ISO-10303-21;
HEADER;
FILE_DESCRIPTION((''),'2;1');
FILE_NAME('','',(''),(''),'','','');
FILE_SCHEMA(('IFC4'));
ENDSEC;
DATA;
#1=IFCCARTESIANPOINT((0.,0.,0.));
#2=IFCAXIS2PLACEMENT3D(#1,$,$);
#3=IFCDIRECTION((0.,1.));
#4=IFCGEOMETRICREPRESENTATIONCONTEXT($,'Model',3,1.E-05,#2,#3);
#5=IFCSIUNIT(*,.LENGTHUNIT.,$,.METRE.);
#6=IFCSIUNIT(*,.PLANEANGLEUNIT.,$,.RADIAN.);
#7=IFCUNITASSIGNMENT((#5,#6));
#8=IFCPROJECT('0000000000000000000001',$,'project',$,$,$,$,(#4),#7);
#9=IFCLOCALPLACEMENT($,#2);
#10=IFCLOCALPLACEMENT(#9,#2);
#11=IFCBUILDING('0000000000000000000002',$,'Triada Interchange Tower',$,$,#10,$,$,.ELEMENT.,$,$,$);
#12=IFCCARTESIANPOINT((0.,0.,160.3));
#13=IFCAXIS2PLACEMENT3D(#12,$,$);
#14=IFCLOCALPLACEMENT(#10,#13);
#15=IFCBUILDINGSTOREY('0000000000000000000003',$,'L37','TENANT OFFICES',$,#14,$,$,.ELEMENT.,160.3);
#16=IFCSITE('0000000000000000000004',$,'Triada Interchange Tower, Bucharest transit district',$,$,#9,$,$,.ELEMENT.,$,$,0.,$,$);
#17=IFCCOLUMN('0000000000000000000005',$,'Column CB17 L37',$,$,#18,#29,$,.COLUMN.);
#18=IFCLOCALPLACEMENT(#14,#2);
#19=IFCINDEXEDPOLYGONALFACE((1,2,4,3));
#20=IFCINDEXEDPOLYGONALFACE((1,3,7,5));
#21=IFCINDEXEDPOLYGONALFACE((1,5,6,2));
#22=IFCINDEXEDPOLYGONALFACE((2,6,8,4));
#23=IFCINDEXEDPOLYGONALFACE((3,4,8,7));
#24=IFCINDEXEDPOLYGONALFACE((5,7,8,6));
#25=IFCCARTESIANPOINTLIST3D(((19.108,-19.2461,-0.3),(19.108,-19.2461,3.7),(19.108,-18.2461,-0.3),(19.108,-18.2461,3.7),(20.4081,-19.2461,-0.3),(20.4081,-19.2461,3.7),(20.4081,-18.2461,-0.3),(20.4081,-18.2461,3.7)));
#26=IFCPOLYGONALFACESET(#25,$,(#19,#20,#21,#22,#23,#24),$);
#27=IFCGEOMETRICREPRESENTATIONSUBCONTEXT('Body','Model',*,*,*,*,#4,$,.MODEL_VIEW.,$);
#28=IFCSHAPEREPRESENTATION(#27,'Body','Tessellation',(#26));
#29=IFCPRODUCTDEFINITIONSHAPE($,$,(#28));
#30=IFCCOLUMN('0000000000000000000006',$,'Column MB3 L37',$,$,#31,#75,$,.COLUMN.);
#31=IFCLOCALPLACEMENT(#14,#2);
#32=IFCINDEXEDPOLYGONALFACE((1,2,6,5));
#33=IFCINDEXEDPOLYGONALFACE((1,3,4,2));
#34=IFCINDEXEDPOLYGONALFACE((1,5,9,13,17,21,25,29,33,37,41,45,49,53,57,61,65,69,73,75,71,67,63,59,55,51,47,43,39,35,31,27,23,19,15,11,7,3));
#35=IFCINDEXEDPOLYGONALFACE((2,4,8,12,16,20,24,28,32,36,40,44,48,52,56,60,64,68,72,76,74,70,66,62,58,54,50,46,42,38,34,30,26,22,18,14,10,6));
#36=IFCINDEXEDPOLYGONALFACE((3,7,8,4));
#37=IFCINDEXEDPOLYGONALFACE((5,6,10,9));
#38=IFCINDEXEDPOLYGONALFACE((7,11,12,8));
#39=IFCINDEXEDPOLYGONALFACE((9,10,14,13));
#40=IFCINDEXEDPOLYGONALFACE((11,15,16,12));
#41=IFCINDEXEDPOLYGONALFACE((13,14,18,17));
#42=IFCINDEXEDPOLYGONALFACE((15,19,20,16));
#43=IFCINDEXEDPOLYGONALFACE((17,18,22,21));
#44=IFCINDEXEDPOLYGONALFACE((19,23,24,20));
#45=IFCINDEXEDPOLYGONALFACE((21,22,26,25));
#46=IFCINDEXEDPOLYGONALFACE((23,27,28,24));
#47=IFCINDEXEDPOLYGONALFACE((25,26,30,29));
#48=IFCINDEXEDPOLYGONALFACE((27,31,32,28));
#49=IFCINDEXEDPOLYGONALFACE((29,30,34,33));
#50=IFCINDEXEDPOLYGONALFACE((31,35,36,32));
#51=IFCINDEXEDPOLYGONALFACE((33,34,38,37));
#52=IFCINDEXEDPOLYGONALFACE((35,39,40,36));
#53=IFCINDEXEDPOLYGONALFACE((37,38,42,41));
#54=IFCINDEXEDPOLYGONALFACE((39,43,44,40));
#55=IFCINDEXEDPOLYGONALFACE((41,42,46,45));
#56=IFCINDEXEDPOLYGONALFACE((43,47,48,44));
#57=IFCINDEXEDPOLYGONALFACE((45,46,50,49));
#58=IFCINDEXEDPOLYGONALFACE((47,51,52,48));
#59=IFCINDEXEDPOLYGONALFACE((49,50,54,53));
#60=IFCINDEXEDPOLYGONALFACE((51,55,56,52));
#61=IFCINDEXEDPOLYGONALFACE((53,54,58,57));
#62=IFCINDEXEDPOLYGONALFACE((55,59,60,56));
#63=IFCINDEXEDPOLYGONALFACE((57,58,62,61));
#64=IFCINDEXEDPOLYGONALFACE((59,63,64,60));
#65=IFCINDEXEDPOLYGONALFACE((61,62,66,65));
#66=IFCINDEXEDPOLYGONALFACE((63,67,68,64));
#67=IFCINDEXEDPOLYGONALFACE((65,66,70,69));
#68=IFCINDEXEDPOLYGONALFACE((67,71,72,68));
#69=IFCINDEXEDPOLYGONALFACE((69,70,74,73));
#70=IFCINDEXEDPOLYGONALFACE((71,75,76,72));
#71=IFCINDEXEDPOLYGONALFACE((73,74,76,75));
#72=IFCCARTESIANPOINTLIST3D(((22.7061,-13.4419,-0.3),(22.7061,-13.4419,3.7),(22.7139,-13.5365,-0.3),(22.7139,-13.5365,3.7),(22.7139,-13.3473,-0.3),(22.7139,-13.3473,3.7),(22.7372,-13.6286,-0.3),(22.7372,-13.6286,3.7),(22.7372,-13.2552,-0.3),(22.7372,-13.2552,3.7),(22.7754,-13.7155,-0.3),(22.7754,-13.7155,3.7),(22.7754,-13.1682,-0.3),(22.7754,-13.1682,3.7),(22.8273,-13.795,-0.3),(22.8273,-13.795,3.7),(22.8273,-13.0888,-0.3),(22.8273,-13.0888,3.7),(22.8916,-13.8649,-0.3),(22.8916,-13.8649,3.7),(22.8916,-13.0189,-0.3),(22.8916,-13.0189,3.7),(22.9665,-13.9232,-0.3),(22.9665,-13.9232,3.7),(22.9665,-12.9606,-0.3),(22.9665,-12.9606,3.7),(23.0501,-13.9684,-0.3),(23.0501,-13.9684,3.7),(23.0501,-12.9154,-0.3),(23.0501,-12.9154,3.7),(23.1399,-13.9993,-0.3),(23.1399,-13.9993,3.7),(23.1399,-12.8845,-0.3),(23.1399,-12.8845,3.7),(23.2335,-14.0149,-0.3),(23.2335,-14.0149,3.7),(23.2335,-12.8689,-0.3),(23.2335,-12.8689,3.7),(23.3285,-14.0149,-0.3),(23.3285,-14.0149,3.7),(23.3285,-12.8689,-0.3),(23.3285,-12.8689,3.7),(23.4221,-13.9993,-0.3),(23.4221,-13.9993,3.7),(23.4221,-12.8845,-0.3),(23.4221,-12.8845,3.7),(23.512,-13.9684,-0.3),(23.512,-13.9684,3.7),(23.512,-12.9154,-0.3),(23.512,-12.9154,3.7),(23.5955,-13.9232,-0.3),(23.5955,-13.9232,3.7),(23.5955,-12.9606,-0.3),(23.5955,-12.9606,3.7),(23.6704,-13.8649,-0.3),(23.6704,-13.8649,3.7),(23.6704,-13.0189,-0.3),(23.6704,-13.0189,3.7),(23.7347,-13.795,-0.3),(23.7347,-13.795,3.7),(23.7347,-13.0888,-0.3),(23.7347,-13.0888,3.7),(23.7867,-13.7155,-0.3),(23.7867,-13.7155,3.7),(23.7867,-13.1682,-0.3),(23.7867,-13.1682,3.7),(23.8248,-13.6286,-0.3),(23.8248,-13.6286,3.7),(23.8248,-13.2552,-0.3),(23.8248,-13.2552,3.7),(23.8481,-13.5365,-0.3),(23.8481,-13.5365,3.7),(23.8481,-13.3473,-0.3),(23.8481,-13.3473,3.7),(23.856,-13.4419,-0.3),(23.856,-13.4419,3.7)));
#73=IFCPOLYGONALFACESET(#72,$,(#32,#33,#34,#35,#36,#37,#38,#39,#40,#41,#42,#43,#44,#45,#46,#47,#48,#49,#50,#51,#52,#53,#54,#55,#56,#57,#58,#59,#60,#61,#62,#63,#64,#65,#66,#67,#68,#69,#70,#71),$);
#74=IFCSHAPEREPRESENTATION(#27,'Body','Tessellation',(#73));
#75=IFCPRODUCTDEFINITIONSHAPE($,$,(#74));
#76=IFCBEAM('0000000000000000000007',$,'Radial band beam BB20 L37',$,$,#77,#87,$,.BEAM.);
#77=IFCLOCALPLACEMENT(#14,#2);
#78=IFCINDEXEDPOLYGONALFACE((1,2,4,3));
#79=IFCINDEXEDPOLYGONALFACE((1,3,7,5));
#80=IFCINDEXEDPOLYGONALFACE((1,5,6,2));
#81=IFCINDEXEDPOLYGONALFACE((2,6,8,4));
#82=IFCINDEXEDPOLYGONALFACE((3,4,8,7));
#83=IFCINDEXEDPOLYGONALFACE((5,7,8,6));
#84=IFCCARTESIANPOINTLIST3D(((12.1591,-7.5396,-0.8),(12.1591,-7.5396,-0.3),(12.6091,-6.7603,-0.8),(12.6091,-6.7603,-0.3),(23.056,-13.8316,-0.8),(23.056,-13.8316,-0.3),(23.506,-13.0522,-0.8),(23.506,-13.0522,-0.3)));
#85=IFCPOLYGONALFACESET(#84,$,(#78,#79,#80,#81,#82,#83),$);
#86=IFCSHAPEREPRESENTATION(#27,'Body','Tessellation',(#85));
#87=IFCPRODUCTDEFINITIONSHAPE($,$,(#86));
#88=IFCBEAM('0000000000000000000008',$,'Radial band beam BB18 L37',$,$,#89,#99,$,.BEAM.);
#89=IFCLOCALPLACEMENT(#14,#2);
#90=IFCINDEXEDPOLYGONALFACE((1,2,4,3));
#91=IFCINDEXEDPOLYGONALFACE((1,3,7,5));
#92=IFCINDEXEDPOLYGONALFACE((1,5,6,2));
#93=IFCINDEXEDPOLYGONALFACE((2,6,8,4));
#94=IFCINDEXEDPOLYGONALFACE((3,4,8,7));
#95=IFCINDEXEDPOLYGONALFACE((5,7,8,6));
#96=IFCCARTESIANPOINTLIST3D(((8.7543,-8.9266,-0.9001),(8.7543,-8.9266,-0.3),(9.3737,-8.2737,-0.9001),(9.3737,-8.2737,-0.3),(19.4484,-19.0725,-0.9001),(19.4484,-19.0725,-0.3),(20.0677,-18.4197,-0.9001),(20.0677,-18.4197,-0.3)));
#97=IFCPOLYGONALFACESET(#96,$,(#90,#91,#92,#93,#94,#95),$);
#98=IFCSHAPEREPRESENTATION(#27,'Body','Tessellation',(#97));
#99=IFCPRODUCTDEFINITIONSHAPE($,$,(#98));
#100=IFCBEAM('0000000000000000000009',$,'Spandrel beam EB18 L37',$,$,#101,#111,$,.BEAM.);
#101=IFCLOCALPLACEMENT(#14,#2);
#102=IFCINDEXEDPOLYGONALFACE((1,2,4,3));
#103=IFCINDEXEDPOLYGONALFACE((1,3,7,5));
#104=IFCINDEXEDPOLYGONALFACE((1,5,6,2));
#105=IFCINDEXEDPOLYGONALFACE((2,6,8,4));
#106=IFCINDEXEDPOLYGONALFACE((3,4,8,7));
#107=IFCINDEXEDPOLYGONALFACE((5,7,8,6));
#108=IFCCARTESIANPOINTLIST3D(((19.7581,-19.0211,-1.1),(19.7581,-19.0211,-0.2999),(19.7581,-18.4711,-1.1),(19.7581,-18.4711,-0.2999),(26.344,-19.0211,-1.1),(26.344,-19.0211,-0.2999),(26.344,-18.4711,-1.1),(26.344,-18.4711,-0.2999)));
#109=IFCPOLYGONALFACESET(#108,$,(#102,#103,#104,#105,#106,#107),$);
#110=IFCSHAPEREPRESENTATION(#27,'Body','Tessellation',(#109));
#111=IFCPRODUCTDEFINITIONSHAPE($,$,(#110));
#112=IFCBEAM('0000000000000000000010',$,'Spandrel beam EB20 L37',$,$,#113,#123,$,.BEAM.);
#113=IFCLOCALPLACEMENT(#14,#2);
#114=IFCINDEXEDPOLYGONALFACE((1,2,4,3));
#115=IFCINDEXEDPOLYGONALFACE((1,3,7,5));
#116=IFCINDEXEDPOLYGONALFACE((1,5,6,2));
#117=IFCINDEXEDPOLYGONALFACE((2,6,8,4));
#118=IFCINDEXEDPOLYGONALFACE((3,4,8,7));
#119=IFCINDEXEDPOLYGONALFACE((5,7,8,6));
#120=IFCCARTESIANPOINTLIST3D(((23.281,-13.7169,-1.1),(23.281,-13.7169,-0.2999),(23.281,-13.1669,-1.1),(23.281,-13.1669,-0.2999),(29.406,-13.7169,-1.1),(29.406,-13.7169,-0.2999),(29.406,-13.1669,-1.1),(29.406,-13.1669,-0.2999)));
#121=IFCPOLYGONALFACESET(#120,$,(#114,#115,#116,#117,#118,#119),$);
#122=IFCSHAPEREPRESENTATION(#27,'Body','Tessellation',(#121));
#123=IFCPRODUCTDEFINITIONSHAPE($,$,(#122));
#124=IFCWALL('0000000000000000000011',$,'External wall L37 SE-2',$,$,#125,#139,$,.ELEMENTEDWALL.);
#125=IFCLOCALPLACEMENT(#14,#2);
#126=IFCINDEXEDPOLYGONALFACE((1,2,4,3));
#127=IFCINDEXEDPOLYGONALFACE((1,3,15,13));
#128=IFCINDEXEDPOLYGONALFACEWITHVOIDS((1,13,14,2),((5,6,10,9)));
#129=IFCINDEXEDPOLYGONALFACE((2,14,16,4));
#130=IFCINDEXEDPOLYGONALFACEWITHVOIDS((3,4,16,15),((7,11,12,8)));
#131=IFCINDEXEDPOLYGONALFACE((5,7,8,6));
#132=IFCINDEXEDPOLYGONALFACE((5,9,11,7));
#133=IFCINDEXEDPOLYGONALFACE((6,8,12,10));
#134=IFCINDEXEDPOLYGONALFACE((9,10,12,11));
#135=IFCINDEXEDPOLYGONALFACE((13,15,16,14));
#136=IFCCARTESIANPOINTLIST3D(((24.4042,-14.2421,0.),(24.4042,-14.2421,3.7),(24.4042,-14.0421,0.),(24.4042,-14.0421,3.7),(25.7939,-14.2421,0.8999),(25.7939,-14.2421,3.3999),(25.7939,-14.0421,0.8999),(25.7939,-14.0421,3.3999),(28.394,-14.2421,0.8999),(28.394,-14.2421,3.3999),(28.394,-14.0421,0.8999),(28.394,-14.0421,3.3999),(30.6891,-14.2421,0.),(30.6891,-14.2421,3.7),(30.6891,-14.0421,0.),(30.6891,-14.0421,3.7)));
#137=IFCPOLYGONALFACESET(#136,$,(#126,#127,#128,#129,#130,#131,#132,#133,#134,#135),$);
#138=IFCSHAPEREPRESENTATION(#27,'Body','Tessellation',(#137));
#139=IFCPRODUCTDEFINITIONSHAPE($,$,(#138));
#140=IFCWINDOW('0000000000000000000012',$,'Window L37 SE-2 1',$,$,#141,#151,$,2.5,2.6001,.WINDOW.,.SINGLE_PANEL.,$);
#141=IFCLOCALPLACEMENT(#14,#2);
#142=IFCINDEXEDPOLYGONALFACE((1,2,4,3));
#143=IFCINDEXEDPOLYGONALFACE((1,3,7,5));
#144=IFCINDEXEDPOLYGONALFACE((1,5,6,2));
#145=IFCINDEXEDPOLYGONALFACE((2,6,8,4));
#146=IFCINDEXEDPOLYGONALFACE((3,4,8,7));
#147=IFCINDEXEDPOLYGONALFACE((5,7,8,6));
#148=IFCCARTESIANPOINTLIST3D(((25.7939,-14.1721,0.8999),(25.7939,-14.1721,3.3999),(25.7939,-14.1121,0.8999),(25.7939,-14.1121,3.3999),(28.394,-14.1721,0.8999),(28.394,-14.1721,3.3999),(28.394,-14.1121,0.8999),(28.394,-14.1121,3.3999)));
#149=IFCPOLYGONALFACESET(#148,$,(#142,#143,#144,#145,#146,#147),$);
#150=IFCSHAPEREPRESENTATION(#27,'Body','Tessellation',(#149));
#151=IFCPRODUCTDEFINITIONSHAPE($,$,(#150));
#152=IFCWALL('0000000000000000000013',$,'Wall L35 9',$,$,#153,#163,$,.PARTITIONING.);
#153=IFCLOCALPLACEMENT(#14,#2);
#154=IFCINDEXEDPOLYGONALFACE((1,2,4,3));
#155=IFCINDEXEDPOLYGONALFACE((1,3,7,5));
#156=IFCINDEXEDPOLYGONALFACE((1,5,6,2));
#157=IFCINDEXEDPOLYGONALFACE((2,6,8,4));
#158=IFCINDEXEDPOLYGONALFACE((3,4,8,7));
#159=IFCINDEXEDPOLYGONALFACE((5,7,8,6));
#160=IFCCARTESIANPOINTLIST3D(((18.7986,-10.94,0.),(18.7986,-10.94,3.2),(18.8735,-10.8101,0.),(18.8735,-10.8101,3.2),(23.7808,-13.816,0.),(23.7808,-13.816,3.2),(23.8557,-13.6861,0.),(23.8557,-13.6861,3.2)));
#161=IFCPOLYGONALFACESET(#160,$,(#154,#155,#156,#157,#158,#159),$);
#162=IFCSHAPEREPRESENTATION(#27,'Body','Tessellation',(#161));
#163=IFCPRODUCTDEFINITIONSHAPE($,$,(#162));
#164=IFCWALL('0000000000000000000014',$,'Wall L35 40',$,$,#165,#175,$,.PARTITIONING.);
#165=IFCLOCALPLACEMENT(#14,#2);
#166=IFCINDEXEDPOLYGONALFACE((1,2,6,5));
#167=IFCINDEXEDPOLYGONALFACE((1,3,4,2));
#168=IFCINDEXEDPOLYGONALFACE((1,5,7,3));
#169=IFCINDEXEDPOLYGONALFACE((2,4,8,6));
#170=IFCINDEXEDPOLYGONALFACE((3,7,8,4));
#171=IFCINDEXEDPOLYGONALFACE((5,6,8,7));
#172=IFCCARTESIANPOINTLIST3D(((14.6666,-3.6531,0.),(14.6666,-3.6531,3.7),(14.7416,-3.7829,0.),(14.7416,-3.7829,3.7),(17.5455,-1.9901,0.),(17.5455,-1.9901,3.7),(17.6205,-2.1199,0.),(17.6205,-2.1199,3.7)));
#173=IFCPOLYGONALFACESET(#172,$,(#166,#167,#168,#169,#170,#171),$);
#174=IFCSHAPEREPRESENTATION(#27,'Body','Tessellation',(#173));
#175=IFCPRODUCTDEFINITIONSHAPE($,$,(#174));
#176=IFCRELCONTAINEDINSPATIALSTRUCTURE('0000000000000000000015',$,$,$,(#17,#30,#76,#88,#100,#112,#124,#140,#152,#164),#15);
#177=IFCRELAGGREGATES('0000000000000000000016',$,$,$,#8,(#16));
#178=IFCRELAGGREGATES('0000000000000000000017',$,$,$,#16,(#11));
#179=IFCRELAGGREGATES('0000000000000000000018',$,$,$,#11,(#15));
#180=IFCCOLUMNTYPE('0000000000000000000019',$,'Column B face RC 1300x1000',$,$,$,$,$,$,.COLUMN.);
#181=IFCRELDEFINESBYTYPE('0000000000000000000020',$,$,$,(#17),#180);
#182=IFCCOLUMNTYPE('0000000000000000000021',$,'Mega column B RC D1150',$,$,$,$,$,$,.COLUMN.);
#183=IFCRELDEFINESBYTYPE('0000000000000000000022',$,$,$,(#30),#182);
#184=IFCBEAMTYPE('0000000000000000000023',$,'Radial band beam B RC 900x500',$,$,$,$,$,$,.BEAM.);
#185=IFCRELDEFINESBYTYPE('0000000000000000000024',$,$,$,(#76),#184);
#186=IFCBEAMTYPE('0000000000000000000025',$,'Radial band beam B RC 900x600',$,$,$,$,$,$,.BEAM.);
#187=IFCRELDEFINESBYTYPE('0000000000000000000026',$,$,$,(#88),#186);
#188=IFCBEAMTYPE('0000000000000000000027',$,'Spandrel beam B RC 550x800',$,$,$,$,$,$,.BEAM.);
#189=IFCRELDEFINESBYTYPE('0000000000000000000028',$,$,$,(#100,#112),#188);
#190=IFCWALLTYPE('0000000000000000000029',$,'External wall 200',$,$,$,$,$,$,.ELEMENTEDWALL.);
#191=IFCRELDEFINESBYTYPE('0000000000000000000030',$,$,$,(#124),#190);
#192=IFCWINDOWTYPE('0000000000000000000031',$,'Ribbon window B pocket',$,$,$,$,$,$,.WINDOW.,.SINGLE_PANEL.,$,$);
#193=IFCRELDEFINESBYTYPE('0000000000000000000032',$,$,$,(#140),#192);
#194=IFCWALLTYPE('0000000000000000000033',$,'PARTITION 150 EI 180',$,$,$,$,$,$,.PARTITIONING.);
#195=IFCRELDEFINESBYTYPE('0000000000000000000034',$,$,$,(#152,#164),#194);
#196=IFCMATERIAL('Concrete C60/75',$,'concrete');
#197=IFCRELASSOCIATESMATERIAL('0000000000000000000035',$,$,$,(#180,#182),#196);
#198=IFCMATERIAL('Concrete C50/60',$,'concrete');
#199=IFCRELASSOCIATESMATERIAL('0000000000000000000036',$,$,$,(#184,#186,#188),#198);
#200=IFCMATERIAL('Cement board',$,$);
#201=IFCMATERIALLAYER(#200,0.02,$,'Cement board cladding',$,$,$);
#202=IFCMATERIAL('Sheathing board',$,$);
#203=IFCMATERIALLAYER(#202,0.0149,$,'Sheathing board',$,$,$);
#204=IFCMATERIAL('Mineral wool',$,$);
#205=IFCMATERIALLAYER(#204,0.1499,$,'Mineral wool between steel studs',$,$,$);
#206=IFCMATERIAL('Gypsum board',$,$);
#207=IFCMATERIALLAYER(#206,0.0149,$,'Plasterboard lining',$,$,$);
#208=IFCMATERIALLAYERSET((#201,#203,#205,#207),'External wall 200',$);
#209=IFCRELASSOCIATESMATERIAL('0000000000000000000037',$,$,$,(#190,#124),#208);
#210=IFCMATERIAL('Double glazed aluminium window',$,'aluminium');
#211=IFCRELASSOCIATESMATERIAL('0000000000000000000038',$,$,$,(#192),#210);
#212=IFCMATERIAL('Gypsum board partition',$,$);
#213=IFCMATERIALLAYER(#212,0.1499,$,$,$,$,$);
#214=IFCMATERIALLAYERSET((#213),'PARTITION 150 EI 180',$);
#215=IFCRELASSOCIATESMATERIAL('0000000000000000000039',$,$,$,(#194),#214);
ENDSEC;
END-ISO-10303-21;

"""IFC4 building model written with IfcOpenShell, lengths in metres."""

from ifc_helpers import new_model, si_unit, direction, frame, frame_2d, origin, origin_2d, place, context, subcontext, project, spatial, rectangle, circle, extrude, material, layer, layer_set, layer_usage, material_profile, profile_set, type_object, element, fill, save


model = new_model("IFC4")

# Units and contexts
model_context = context("Model", 3, precision=1e-05, world=origin(), true_north=direction((0.0, 1.0)))
body_context = subcontext(model_context, "Body", "Model", "MODEL_VIEW")
ifc_project = project(units=[si_unit("LENGTHUNIT", "METRE"), si_unit("PLANEANGLEUNIT", "RADIAN")], contexts=[model_context])

# Site, building, storey
site_placement = place(None, origin())
site = spatial("IfcSite", under=ifc_project, at=site_placement, Name="Triada Interchange Tower, Bucharest transit district", CompositionType="ELEMENT", RefElevation=0.0)
building_placement = place(site_placement, origin())
building = spatial("IfcBuilding", under=site, at=building_placement, Name="Triada Interchange Tower", CompositionType="ELEMENT")
storey_placement = place(building_placement, frame((0.0, 0.0, 160.3)))
storey = spatial("IfcBuildingStorey", under=building, at=storey_placement, Name="L37", Description="TENANT OFFICES", CompositionType="ELEMENT", Elevation=160.3)

# Columns
ifc_material_1 = material(Name="Concrete C60/75", Category="concrete")
ifc_material_profile_1 = material_profile(ifc_material_1, rectangle(XDim=1.3, YDim=1.0, at=origin_2d()), Name="RC 1300x1000")
ifc_profile_set_1 = profile_set([ifc_material_profile_1], Name="Concrete C60/75")
column_type_1 = type_object("IfcColumnType", Name="Column B face RC 1300x1000", PredefinedType="COLUMN", material=ifc_profile_set_1)
column_1_placement = place(storey_placement, frame((19.7581, -18.7461, -0.3), z_axis=(0.0, 0.0, 1.0), x_axis=(1.0, 0.0, 0.0)))
element("IfcColumn", 1, at=column_1_placement, inside=storey, type_object=column_type_1, Name="Column CB17 L37", PredefinedType="COLUMN", context=body_context, shape_type="SweptSolid", body=[
    extrude(rectangle(XDim=1.3, YDim=1.0, at=origin_2d()), origin(), (0.0, 0.0, 1.0), 4.0),
])
ifc_material_profile_2 = material_profile(ifc_material_1, circle(Radius=0.575, at=origin_2d()), Name="RC D1150")
ifc_profile_set_2 = profile_set([ifc_material_profile_2], Name="Concrete C60/75")
column_type_2 = type_object("IfcColumnType", Name="Mega column B RC D1150", PredefinedType="COLUMN", material=ifc_profile_set_2)
column_2_placement = place(storey_placement, frame((23.281, -13.4419, -0.3), z_axis=(0.0, 0.0, 1.0), x_axis=(1.0, 0.0, 0.0)))
element("IfcColumn", 2, at=column_2_placement, inside=storey, type_object=column_type_2, Name="Column MB3 L37", PredefinedType="COLUMN", context=body_context, shape_type="SweptSolid", body=[
    extrude(circle(Radius=0.575, at=origin_2d()), origin(), (0.0, 0.0, 1.0), 4.0),
])

# Beams
ifc_material_2 = material(Name="Concrete C50/60", Category="concrete")
ifc_material_profile_3 = material_profile(ifc_material_2, rectangle(XDim=0.8999, YDim=0.5, at=origin_2d()), Name="RC 900x500")
ifc_profile_set_3 = profile_set([ifc_material_profile_3], Name="Concrete C50/60")
beam_type_1 = type_object("IfcBeamType", Name="Radial band beam B RC 900x500", PredefinedType="BEAM", material=ifc_profile_set_3)
beam_1_placement = place(storey_placement, frame((23.281, -13.4419, -0.55), z_axis=(-0.866004, 0.500037, 0.0), x_axis=(-0.500037, -0.866004, 0.0)))
element("IfcBeam", 3, at=beam_1_placement, inside=storey, type_object=beam_type_1, Name="Radial band beam BB20 L37", PredefinedType="BEAM", context=body_context, shape_type="SweptSolid", body=[
    extrude(rectangle(XDim=0.8999, YDim=0.5, at=origin_2d()), origin(), (0.0, 0.0, 1.0), 12.583),
])
ifc_material_profile_4 = material_profile(ifc_material_2, rectangle(XDim=0.8999, YDim=0.6001, at=origin_2d()), Name="RC 900x600")
ifc_profile_set_4 = profile_set([ifc_material_profile_4], Name="Concrete C50/60")
beam_type_2 = type_object("IfcBeamType", Name="Radial band beam B RC 900x600", PredefinedType="BEAM", material=ifc_profile_set_4)
beam_2_placement = place(storey_placement, frame((19.7581, -18.7461, -0.6001), z_axis=(-0.725453, 0.688272, 0.0), x_axis=(-0.688272, -0.725453, 0.0)))
element("IfcBeam", 4, at=beam_2_placement, inside=storey, type_object=beam_type_2, Name="Radial band beam BB18 L37", PredefinedType="BEAM", context=body_context, shape_type="SweptSolid", body=[
    extrude(rectangle(XDim=0.8999, YDim=0.6001, at=origin_2d()), origin(), (0.0, 0.0, 1.0), 14.7412),
])
ifc_material_profile_5 = material_profile(ifc_material_2, rectangle(XDim=0.55, YDim=0.8, at=origin_2d()), Name="RC 550x800")
ifc_profile_set_5 = profile_set([ifc_material_profile_5], Name="Concrete C50/60")
beam_type_3 = type_object("IfcBeamType", Name="Spandrel beam B RC 550x800", PredefinedType="BEAM", material=ifc_profile_set_5)
beam_3_placement = place(storey_placement, frame((19.7581, -18.7461, -0.7), z_axis=(1.0, 0.0, 0.0), x_axis=(0.0, 1.0, 0.0)))
element("IfcBeam", 5, at=beam_3_placement, inside=storey, type_object=beam_type_3, Name="Spandrel beam EB18 L37", PredefinedType="BEAM", context=body_context, shape_type="SweptSolid", body=[
    extrude(rectangle(XDim=0.55, YDim=0.8, at=origin_2d()), origin(), (0.0, 0.0, 1.0), 6.5859),
])
beam_4_placement = place(storey_placement, frame((23.281, -13.4419, -0.7), z_axis=(1.0, 0.0, 0.0), x_axis=(0.0, 1.0, 0.0)))
element("IfcBeam", 6, at=beam_4_placement, inside=storey, type_object=beam_type_3, Name="Spandrel beam EB20 L37", PredefinedType="BEAM", context=body_context, shape_type="SweptSolid", body=[
    extrude(rectangle(XDim=0.55, YDim=0.8, at=origin_2d()), origin(), (0.0, 0.0, 1.0), 6.125),
])

# Wall, opening, window
ifc_material_3 = material(Name="Cement board")
ifc_layer_1 = layer(ifc_material_3, 0.02, Name="Cement board cladding")
ifc_material_4 = material(Name="Sheathing board")
ifc_layer_2 = layer(ifc_material_4, 0.0149, Name="Sheathing board")
ifc_material_5 = material(Name="Mineral wool")
ifc_layer_3 = layer(ifc_material_5, 0.1499, Name="Mineral wool between steel studs")
ifc_material_6 = material(Name="Gypsum board")
ifc_layer_4 = layer(ifc_material_6, 0.0149, Name="Plasterboard lining")
ifc_layer_set_1 = layer_set([ifc_layer_1, ifc_layer_2, ifc_layer_3, ifc_layer_4], Name="External wall 200")
ifc_layer_usage = layer_usage(ifc_layer_set_1, "AXIS2", "POSITIVE", -0.1001)
wall_type_1 = type_object("IfcWallType", Name="External wall 200", PredefinedType="ELEMENTEDWALL", material=ifc_layer_set_1)
wall_1_placement = place(storey_placement, frame((24.4041, -14.1421, 0.0), z_axis=(0.0, 0.0, 1.0), x_axis=(1.0, 0.0, 0.0)))
wall_1 = element("IfcWall", 7, at=wall_1_placement, inside=storey, type_object=wall_type_1, material=ifc_layer_usage, Name="External wall L37 SE-2", PredefinedType="ELEMENTEDWALL", context=body_context, shape_type="SweptSolid", body=[
    extrude(rectangle(XDim=6.2849, YDim=0.2, at=frame_2d((3.1426, 0.0))), origin(), (0.0, 0.0, 1.0), 3.7),
])
opening_1_placement = place(wall_1_placement, frame((1.3899, 0.0, 0.8999)))
opening_1 = element("IfcOpeningElement", 8, at=opening_1_placement, cuts=wall_1, PredefinedType="OPENING", context=body_context, shape_type="SweptSolid", body=[
    extrude(rectangle(XDim=2.6001, YDim=2.5, at=frame_2d((1.3, 1.25))), frame((0.0, 0.1099, 0.0), z_axis=(0.0, -1.0, 0.0), x_axis=(1.0, 0.0, 0.0)), (0.0, 0.0, 1.0), 0.22),
])
ifc_material_7 = material(Name="Double glazed aluminium window", Category="aluminium")
window_type = type_object("IfcWindowType", Name="Ribbon window B pocket", PartitioningType="SINGLE_PANEL", PredefinedType="WINDOW", material=ifc_material_7)
window_placement = place(opening_1_placement, origin())
window = element("IfcWindow", 9, at=window_placement, inside=storey, type_object=window_type, Name="Window L37 SE-2 1", OverallHeight=2.5, OverallWidth=2.6001, PartitioningType="SINGLE_PANEL", PredefinedType="WINDOW", context=body_context, shape_type="SweptSolid", body=[
    extrude(rectangle(XDim=2.6001, YDim=2.5, at=frame_2d((1.3, 1.25))), frame((0.0, 0.03, 0.0), z_axis=(0.0, -1.0, 0.0), x_axis=(1.0, 0.0, 0.0)), (0.0, 0.0, 1.0), 0.0601),
])
fill(opening_1, window)

# Walls
ifc_material_8 = material(Name="Gypsum board partition")
ifc_layer_5 = layer(ifc_material_8, 0.1499)
ifc_layer_set_2 = layer_set([ifc_layer_5], Name="PARTITION 150 EI 180")
wall_type_2 = type_object("IfcWallType", Name="PARTITION 150 EI 180", PredefinedType="PARTITIONING", material=ifc_layer_set_2)
wall_2_placement = place(storey_placement, frame((18.8359, -10.875, 0.0), z_axis=(0.0, 0.0, 1.0), x_axis=(0.866062, -0.499937, 0.0)))
element("IfcWall", 10, at=wall_2_placement, inside=storey, type_object=wall_type_2, Name="Wall L35 9", PredefinedType="PARTITIONING", context=body_context, shape_type="SweptSolid", body=[
    extrude(rectangle(XDim=5.7527, YDim=0.1499, at=frame_2d((2.8765, 0.0))), origin(), (0.0, 0.0, 1.0), 3.2),
])
wall_3_placement = place(storey_placement, frame((14.7041, -3.718, 0.0), z_axis=(0.0, 0.0, 1.0), x_axis=(0.865902, 0.500214, 0.0)))
element("IfcWall", 11, at=wall_3_placement, inside=storey, type_object=wall_type_2, Name="Wall L35 40", PredefinedType="PARTITIONING", context=body_context, shape_type="SweptSolid", body=[
    extrude(rectangle(XDim=3.3247, YDim=0.1499, at=frame_2d((1.6624, 0.0))), origin(), (0.0, 0.0, 1.0), 3.7),
])

save(model, "model.ifc")
